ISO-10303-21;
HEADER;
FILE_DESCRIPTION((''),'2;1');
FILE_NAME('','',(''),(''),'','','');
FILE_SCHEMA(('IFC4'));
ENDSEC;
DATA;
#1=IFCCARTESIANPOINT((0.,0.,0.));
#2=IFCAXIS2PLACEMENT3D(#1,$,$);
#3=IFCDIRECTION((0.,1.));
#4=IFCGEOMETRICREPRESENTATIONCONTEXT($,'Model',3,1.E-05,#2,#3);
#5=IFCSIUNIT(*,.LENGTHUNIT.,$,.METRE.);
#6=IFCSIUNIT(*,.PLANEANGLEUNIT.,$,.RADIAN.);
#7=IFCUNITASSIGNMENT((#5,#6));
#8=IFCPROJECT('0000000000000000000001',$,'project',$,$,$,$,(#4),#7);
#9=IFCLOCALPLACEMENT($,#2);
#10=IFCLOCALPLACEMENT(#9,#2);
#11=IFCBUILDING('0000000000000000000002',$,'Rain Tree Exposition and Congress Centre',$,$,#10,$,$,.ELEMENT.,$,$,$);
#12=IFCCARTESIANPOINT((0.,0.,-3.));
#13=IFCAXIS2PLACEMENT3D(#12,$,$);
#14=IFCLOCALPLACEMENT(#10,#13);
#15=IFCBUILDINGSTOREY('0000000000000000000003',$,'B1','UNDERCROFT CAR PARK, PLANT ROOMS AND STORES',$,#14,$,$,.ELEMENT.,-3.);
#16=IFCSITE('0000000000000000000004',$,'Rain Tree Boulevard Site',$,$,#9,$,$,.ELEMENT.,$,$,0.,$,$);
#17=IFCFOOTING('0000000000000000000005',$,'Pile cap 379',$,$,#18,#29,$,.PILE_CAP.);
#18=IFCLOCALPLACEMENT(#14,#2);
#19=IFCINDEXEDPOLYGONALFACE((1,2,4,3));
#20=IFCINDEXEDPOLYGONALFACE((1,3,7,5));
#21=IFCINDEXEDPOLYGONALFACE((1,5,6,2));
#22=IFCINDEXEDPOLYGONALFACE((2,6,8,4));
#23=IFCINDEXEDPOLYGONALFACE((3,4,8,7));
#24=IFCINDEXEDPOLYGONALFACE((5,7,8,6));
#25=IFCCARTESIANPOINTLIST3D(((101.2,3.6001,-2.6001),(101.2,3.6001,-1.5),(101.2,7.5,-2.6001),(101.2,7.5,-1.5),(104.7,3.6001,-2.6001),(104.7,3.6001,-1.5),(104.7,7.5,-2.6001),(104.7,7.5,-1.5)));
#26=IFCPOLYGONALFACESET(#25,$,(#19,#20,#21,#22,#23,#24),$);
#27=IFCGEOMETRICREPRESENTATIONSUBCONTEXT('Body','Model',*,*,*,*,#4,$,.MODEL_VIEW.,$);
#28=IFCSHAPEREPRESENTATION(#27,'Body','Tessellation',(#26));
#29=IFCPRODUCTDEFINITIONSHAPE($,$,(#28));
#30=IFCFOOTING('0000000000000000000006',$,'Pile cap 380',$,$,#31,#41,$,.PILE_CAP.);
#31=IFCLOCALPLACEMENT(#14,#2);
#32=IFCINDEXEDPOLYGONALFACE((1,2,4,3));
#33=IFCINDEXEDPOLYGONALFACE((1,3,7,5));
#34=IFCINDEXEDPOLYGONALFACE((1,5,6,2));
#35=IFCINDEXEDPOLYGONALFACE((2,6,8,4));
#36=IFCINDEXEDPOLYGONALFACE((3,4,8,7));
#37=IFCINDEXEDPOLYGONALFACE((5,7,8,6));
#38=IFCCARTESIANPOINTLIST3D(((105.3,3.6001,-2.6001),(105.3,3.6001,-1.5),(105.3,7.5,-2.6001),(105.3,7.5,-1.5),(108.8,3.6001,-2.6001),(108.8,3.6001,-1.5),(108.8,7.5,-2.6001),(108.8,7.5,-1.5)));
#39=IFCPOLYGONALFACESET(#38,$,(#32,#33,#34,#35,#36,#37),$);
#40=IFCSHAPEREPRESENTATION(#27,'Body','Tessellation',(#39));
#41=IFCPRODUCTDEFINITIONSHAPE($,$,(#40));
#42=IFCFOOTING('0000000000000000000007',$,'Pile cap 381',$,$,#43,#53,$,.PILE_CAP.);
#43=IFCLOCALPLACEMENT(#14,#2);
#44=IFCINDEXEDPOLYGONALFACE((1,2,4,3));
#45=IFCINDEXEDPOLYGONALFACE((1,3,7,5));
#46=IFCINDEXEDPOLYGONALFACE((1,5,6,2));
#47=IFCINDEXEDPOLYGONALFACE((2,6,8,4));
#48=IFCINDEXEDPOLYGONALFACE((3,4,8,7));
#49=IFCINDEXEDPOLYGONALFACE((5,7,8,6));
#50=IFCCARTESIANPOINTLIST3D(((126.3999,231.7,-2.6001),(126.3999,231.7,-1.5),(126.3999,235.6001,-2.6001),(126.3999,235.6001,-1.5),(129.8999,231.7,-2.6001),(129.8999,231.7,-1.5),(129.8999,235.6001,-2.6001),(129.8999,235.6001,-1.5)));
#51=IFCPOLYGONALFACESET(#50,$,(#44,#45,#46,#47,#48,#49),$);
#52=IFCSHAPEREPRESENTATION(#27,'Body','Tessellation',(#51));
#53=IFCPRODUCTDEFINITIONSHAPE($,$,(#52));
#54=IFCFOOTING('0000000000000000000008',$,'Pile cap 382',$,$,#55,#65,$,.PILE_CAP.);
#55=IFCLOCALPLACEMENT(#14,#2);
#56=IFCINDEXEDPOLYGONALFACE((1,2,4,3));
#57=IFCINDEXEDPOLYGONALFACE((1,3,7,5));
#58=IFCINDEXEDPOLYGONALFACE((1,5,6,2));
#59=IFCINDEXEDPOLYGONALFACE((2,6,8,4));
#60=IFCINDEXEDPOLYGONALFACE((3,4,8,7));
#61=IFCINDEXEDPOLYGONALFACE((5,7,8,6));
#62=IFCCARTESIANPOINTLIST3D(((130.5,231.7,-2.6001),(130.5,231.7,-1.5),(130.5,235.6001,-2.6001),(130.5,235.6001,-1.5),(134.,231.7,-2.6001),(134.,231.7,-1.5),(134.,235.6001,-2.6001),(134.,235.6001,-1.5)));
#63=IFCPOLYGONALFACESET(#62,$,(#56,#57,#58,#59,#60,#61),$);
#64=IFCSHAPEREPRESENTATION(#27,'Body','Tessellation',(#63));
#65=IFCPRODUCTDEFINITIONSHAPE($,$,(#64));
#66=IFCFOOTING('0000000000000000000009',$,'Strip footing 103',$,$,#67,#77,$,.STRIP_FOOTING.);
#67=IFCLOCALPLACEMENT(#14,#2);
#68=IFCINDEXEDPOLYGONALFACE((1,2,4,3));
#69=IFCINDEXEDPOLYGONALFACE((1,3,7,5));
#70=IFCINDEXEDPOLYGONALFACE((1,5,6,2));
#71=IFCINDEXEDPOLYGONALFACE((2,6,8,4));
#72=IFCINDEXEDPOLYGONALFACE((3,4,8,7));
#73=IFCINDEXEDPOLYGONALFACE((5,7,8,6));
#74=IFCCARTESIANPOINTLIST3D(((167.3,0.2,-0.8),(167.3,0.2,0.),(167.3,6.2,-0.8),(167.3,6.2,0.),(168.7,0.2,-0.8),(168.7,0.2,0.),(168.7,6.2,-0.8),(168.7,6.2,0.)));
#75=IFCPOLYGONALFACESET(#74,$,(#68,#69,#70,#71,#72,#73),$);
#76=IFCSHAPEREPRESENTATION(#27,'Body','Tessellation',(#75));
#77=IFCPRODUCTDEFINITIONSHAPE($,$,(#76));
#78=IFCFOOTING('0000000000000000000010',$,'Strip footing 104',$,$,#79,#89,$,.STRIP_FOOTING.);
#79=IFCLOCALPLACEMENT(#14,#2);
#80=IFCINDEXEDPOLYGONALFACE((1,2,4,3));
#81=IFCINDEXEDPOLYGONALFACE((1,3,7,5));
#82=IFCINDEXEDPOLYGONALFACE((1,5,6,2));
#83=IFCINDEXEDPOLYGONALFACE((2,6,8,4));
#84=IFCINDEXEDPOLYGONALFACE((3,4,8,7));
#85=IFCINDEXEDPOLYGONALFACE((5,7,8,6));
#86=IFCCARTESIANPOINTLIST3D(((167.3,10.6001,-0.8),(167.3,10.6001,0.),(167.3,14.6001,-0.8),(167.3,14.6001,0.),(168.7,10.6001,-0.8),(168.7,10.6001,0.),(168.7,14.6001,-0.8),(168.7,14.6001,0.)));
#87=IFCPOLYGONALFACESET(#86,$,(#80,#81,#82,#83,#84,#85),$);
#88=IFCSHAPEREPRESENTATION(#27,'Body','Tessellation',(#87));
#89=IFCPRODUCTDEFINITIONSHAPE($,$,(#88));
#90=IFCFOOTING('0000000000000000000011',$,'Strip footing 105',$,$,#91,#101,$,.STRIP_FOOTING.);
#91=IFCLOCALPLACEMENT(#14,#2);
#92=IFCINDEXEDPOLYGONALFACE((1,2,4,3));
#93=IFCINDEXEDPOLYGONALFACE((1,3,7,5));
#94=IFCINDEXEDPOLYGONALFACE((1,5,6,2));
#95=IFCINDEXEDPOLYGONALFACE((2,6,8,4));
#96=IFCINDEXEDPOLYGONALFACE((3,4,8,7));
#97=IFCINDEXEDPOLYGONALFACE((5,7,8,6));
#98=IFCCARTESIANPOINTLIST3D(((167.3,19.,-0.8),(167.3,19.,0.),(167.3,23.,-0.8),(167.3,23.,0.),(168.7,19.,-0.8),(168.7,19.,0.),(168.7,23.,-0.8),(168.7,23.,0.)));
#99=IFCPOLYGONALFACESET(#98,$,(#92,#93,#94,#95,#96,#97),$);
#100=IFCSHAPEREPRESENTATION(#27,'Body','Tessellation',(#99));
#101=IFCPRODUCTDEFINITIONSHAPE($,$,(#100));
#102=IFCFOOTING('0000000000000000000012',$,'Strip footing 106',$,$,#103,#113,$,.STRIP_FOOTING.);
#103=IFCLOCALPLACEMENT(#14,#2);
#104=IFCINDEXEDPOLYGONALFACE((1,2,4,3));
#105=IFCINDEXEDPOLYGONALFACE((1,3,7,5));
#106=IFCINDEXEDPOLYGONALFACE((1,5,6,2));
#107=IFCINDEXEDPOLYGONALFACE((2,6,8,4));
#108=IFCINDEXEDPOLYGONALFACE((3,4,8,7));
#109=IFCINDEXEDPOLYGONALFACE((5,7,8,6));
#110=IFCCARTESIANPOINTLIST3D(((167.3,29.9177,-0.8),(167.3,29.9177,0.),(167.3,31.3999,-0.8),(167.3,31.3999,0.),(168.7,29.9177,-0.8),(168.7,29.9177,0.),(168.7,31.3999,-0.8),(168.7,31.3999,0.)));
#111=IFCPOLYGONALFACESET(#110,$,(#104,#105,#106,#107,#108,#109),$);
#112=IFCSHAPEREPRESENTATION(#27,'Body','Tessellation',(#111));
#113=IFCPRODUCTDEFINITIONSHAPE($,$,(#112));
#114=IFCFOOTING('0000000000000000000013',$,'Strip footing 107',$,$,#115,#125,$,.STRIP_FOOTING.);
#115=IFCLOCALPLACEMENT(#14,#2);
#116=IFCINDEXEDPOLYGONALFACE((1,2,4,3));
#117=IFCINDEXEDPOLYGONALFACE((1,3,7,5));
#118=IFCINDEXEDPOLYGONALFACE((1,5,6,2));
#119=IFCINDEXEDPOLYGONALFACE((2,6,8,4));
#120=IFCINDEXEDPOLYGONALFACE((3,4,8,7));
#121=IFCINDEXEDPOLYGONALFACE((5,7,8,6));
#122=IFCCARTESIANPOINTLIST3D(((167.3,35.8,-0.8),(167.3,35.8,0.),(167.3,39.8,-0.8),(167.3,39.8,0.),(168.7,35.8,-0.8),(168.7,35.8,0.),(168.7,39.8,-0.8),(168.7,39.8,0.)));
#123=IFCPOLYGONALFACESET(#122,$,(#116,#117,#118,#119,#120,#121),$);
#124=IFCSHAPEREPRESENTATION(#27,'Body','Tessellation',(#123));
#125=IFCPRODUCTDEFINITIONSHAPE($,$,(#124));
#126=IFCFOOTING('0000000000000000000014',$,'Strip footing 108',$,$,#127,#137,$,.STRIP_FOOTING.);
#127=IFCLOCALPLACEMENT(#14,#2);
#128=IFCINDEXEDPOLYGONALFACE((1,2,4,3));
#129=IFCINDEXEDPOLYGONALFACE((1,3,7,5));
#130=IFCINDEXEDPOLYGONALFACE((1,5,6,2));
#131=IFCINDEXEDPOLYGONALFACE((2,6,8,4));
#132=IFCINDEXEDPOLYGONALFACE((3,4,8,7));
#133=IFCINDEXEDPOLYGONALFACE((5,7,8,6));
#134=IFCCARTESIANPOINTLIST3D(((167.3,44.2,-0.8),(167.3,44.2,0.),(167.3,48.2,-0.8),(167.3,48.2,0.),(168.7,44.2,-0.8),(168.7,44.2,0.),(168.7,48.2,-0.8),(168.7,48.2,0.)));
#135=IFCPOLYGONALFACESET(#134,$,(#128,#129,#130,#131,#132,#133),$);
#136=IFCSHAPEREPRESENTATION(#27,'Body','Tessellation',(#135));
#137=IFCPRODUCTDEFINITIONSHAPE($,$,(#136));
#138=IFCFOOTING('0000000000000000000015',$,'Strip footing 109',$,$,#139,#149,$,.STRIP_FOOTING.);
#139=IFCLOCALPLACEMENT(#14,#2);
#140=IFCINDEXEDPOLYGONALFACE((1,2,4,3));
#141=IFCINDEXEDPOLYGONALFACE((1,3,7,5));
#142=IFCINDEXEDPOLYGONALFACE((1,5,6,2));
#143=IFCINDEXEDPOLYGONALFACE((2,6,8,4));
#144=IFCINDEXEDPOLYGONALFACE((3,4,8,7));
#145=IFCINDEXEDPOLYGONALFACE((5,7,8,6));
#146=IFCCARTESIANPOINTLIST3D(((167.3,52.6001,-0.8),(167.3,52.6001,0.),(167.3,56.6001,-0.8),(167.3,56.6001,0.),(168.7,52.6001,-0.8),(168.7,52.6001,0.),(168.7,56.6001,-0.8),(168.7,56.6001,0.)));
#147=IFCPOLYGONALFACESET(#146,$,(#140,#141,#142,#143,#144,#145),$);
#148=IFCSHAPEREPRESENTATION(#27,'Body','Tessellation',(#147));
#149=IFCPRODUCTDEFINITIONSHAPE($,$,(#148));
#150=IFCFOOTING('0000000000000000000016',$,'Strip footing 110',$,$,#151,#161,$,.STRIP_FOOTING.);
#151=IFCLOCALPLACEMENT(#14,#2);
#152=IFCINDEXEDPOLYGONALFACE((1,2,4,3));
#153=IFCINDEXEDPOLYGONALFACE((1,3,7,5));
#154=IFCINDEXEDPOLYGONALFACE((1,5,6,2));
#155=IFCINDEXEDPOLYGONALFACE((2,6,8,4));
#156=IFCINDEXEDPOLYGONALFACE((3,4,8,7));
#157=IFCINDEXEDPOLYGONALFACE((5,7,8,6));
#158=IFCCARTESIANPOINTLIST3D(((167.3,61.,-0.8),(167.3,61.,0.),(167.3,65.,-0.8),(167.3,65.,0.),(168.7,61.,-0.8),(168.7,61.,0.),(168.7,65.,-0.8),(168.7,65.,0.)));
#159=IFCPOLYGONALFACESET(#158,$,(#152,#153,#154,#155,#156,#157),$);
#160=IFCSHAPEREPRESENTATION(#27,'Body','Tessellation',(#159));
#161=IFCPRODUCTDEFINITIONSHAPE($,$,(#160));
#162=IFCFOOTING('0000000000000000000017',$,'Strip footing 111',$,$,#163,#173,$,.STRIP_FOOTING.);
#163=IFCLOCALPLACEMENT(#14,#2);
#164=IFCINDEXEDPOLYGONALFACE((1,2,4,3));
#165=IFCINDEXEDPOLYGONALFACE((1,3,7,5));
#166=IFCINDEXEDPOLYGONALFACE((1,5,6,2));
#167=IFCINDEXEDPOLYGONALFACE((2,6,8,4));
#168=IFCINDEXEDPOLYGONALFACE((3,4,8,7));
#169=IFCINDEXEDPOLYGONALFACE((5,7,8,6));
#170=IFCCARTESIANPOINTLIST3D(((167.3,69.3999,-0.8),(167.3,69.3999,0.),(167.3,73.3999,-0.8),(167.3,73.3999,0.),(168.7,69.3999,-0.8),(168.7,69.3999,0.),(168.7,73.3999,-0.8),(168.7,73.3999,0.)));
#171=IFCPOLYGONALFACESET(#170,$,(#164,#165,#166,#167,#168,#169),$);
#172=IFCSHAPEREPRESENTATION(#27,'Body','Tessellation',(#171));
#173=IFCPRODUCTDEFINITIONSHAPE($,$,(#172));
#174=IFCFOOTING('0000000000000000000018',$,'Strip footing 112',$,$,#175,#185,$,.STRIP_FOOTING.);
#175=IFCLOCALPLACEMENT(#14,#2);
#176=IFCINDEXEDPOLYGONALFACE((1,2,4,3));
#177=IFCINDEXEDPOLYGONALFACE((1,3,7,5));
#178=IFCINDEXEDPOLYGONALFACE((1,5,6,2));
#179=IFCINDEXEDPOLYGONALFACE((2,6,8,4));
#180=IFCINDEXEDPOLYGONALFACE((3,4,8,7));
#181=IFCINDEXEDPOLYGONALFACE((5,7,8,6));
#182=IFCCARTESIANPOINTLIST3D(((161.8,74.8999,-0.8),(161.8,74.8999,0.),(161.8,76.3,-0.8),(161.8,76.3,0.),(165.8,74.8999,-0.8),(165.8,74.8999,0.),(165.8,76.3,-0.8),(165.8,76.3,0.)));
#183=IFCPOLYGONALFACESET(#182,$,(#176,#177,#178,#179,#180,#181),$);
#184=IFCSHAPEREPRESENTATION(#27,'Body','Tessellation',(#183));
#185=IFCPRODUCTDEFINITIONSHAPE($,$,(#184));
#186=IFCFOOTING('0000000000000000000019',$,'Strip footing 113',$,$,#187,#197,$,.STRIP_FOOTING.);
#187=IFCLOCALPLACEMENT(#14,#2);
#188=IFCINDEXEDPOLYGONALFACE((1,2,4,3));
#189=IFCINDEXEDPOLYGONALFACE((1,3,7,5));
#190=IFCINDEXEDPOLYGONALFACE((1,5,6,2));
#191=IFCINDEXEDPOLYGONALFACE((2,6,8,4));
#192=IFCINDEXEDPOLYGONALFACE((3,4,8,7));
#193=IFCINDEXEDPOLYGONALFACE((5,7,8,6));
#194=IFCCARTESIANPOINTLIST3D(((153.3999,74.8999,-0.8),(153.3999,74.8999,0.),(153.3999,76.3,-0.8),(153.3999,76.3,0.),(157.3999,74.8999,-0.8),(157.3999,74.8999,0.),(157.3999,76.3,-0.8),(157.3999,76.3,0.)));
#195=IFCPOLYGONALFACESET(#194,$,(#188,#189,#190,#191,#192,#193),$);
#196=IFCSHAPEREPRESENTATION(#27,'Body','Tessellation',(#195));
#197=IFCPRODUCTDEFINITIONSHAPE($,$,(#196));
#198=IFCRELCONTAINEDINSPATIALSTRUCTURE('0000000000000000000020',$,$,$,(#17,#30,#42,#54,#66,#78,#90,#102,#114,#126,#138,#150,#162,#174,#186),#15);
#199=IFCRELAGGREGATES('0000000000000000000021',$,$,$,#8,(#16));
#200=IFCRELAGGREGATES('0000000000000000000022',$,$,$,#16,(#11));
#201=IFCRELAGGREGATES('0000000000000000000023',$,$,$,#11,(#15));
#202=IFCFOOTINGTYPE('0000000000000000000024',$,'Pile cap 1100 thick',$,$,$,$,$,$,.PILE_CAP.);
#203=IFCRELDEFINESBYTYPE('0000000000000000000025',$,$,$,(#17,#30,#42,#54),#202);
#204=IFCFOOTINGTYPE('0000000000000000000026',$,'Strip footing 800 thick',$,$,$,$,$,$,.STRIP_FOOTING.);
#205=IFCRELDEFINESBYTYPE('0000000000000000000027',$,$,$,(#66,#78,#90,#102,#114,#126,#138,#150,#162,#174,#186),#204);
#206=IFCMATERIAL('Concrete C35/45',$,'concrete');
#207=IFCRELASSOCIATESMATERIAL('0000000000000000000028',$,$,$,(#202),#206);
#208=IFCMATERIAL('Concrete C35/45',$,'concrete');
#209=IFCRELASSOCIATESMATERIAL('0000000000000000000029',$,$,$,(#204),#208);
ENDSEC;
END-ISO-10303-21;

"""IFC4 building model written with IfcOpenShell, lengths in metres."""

from ifc_helpers import new_model, si_unit, direction, frame, origin, place, context, subcontext, project, spatial, polyline, outline, extrude, material, type_object, element, save


model = new_model("IFC4")

# Units and contexts
model_context = context("Model", 3, precision=1e-05, world=origin(), true_north=direction((0.0, 1.0)))
body_context = subcontext(model_context, "Body", "Model", "MODEL_VIEW")
ifc_project = project(units=[si_unit("LENGTHUNIT", "METRE"), si_unit("PLANEANGLEUNIT", "RADIAN")], contexts=[model_context])

# Site, building, storey
site_placement = place(None, origin())
site = spatial("IfcSite", under=ifc_project, at=site_placement, Name="Rain Tree Boulevard Site", CompositionType="ELEMENT", RefElevation=0.0)
building_placement = place(site_placement, origin())
building = spatial("IfcBuilding", under=site, at=building_placement, Name="Rain Tree Exposition and Congress Centre", CompositionType="ELEMENT")
storey_placement = place(building_placement, frame((0.0, 0.0, -3.0)))
storey = spatial("IfcBuildingStorey", under=building, at=storey_placement, Name="B1", Description="UNDERCROFT CAR PARK, PLANT ROOMS AND STORES", CompositionType="ELEMENT", Elevation=-3.0)

# Footings
ifc_material_1 = material(Name="Concrete C35/45", Category="concrete")
footing_type_1 = type_object("IfcFootingType", Name="Pile cap 1100 thick", PredefinedType="PILE_CAP", material=ifc_material_1)
footing_1_placement = place(storey_placement, frame((0.0, 0.0, -2.6001)))
element("IfcFooting", 1, at=footing_1_placement, inside=storey, type_object=footing_type_1, Name="Pile cap 379", PredefinedType="PILE_CAP", context=body_context, shape_type="SweptSolid", body=[
    extrude(outline(polyline([(104.7, 3.6001), (104.7, 7.5), (101.2, 7.5), (101.2, 3.6001), (104.7, 3.6001)])), origin(), (0.0, 0.0, 1.0), 1.1001),
])
footing_2_placement = place(storey_placement, frame((0.0, 0.0, -2.6001)))
element("IfcFooting", 2, at=footing_2_placement, inside=storey, type_object=footing_type_1, Name="Pile cap 380", PredefinedType="PILE_CAP", context=body_context, shape_type="SweptSolid", body=[
    extrude(outline(polyline([(108.8, 3.6001), (108.8, 7.5), (105.3, 7.5), (105.3, 3.6001), (108.8, 3.6001)])), origin(), (0.0, 0.0, 1.0), 1.1001),
])
footing_3_placement = place(storey_placement, frame((0.0, 0.0, -2.6001)))
element("IfcFooting", 3, at=footing_3_placement, inside=storey, type_object=footing_type_1, Name="Pile cap 381", PredefinedType="PILE_CAP", context=body_context, shape_type="SweptSolid", body=[
    extrude(outline(polyline([(129.8999, 231.7), (129.8999, 235.6001), (126.3999, 235.6001), (126.3999, 231.7), (129.8999, 231.7)])), origin(), (0.0, 0.0, 1.0), 1.1001),
])
footing_4_placement = place(storey_placement, frame((0.0, 0.0, -2.6001)))
element("IfcFooting", 4, at=footing_4_placement, inside=storey, type_object=footing_type_1, Name="Pile cap 382", PredefinedType="PILE_CAP", context=body_context, shape_type="SweptSolid", body=[
    extrude(outline(polyline([(134.0, 231.7), (134.0, 235.6001), (130.5, 235.6001), (130.5, 231.7), (134.0, 231.7)])), origin(), (0.0, 0.0, 1.0), 1.1001),
])
ifc_material_2 = material(Name="Concrete C35/45", Category="concrete")
footing_type_2 = type_object("IfcFootingType", Name="Strip footing 800 thick", PredefinedType="STRIP_FOOTING", material=ifc_material_2)
footing_5_placement = place(storey_placement, frame((0.0, 0.0, -0.8)))
element("IfcFooting", 5, at=footing_5_placement, inside=storey, type_object=footing_type_2, Name="Strip footing 103", PredefinedType="STRIP_FOOTING", context=body_context, shape_type="SweptSolid", body=[
    extrude(outline(polyline([(168.7, 0.2), (168.7, 6.2), (167.3, 6.2), (167.3, 0.2), (168.7, 0.2)])), origin(), (0.0, 0.0, 1.0), 0.8),
])
footing_6_placement = place(storey_placement, frame((0.0, 0.0, -0.8)))
element("IfcFooting", 6, at=footing_6_placement, inside=storey, type_object=footing_type_2, Name="Strip footing 104", PredefinedType="STRIP_FOOTING", context=body_context, shape_type="SweptSolid", body=[
    extrude(outline(polyline([(167.3, 10.6001), (168.7, 10.6001), (168.7, 14.6001), (167.3, 14.6001), (167.3, 10.6001)])), origin(), (0.0, 0.0, 1.0), 0.8),
])
footing_7_placement = place(storey_placement, frame((0.0, 0.0, -0.8)))
element("IfcFooting", 7, at=footing_7_placement, inside=storey, type_object=footing_type_2, Name="Strip footing 105", PredefinedType="STRIP_FOOTING", context=body_context, shape_type="SweptSolid", body=[
    extrude(outline(polyline([(167.3, 19.0), (168.7, 19.0), (168.7, 23.0), (167.3, 23.0), (167.3, 19.0)])), origin(), (0.0, 0.0, 1.0), 0.8),
])
footing_8_placement = place(storey_placement, frame((0.0, 0.0, -0.8)))
element("IfcFooting", 8, at=footing_8_placement, inside=storey, type_object=footing_type_2, Name="Strip footing 106", PredefinedType="STRIP_FOOTING", context=body_context, shape_type="SweptSolid", body=[
    extrude(outline(polyline([(167.3, 29.9177), (168.7, 29.9177), (168.7, 31.3999), (167.3, 31.3999), (167.3, 29.9177)])), origin(), (0.0, 0.0, 1.0), 0.8),
])
footing_9_placement = place(storey_placement, frame((0.0, 0.0, -0.8)))
element("IfcFooting", 9, at=footing_9_placement, inside=storey, type_object=footing_type_2, Name="Strip footing 107", PredefinedType="STRIP_FOOTING", context=body_context, shape_type="SweptSolid", body=[
    extrude(outline(polyline([(167.3, 35.8), (168.7, 35.8), (168.7, 39.8), (167.3, 39.8), (167.3, 35.8)])), origin(), (0.0, 0.0, 1.0), 0.8),
])
footing_10_placement = place(storey_placement, frame((0.0, 0.0, -0.8)))
element("IfcFooting", 10, at=footing_10_placement, inside=storey, type_object=footing_type_2, Name="Strip footing 108", PredefinedType="STRIP_FOOTING", context=body_context, shape_type="SweptSolid", body=[
    extrude(outline(polyline([(167.3, 44.2), (168.7, 44.2), (168.7, 48.2), (167.3, 48.2), (167.3, 44.2)])), origin(), (0.0, 0.0, 1.0), 0.8),
])
footing_11_placement = place(storey_placement, frame((0.0, 0.0, -0.8)))
element("IfcFooting", 11, at=footing_11_placement, inside=storey, type_object=footing_type_2, Name="Strip footing 109", PredefinedType="STRIP_FOOTING", context=body_context, shape_type="SweptSolid", body=[
    extrude(outline(polyline([(167.3, 52.6001), (168.7, 52.6001), (168.7, 56.6001), (167.3, 56.6001), (167.3, 52.6001)])), origin(), (0.0, 0.0, 1.0), 0.8),
])
footing_12_placement = place(storey_placement, frame((0.0, 0.0, -0.8)))
element("IfcFooting", 12, at=footing_12_placement, inside=storey, type_object=footing_type_2, Name="Strip footing 110", PredefinedType="STRIP_FOOTING", context=body_context, shape_type="SweptSolid", body=[
    extrude(outline(polyline([(167.3, 61.0), (168.7, 61.0), (168.7, 65.0), (167.3, 65.0), (167.3, 61.0)])), origin(), (0.0, 0.0, 1.0), 0.8),
])
footing_13_placement = place(storey_placement, frame((0.0, 0.0, -0.8)))
element("IfcFooting", 13, at=footing_13_placement, inside=storey, type_object=footing_type_2, Name="Strip footing 111", PredefinedType="STRIP_FOOTING", context=body_context, shape_type="SweptSolid", body=[
    extrude(outline(polyline([(167.3, 69.3999), (168.7, 69.3999), (168.7, 73.3999), (167.3, 73.3999), (167.3, 69.3999)])), origin(), (0.0, 0.0, 1.0), 0.8),
])
footing_14_placement = place(storey_placement, frame((0.0, 0.0, -0.8)))
element("IfcFooting", 14, at=footing_14_placement, inside=storey, type_object=footing_type_2, Name="Strip footing 112", PredefinedType="STRIP_FOOTING", context=body_context, shape_type="SweptSolid", body=[
    extrude(outline(polyline([(165.8, 74.8999), (165.8, 76.3), (161.8, 76.3), (161.8, 74.8999), (165.8, 74.8999)])), origin(), (0.0, 0.0, 1.0), 0.8),
])
footing_15_placement = place(storey_placement, frame((0.0, 0.0, -0.8)))
element("IfcFooting", 15, at=footing_15_placement, inside=storey, type_object=footing_type_2, Name="Strip footing 113", PredefinedType="STRIP_FOOTING", context=body_context, shape_type="SweptSolid", body=[
    extrude(outline(polyline([(157.3999, 74.8999), (157.3999, 76.3), (153.3999, 76.3), (153.3999, 74.8999), (157.3999, 74.8999)])), origin(), (0.0, 0.0, 1.0), 0.8),
])

save(model, "model.ifc")
